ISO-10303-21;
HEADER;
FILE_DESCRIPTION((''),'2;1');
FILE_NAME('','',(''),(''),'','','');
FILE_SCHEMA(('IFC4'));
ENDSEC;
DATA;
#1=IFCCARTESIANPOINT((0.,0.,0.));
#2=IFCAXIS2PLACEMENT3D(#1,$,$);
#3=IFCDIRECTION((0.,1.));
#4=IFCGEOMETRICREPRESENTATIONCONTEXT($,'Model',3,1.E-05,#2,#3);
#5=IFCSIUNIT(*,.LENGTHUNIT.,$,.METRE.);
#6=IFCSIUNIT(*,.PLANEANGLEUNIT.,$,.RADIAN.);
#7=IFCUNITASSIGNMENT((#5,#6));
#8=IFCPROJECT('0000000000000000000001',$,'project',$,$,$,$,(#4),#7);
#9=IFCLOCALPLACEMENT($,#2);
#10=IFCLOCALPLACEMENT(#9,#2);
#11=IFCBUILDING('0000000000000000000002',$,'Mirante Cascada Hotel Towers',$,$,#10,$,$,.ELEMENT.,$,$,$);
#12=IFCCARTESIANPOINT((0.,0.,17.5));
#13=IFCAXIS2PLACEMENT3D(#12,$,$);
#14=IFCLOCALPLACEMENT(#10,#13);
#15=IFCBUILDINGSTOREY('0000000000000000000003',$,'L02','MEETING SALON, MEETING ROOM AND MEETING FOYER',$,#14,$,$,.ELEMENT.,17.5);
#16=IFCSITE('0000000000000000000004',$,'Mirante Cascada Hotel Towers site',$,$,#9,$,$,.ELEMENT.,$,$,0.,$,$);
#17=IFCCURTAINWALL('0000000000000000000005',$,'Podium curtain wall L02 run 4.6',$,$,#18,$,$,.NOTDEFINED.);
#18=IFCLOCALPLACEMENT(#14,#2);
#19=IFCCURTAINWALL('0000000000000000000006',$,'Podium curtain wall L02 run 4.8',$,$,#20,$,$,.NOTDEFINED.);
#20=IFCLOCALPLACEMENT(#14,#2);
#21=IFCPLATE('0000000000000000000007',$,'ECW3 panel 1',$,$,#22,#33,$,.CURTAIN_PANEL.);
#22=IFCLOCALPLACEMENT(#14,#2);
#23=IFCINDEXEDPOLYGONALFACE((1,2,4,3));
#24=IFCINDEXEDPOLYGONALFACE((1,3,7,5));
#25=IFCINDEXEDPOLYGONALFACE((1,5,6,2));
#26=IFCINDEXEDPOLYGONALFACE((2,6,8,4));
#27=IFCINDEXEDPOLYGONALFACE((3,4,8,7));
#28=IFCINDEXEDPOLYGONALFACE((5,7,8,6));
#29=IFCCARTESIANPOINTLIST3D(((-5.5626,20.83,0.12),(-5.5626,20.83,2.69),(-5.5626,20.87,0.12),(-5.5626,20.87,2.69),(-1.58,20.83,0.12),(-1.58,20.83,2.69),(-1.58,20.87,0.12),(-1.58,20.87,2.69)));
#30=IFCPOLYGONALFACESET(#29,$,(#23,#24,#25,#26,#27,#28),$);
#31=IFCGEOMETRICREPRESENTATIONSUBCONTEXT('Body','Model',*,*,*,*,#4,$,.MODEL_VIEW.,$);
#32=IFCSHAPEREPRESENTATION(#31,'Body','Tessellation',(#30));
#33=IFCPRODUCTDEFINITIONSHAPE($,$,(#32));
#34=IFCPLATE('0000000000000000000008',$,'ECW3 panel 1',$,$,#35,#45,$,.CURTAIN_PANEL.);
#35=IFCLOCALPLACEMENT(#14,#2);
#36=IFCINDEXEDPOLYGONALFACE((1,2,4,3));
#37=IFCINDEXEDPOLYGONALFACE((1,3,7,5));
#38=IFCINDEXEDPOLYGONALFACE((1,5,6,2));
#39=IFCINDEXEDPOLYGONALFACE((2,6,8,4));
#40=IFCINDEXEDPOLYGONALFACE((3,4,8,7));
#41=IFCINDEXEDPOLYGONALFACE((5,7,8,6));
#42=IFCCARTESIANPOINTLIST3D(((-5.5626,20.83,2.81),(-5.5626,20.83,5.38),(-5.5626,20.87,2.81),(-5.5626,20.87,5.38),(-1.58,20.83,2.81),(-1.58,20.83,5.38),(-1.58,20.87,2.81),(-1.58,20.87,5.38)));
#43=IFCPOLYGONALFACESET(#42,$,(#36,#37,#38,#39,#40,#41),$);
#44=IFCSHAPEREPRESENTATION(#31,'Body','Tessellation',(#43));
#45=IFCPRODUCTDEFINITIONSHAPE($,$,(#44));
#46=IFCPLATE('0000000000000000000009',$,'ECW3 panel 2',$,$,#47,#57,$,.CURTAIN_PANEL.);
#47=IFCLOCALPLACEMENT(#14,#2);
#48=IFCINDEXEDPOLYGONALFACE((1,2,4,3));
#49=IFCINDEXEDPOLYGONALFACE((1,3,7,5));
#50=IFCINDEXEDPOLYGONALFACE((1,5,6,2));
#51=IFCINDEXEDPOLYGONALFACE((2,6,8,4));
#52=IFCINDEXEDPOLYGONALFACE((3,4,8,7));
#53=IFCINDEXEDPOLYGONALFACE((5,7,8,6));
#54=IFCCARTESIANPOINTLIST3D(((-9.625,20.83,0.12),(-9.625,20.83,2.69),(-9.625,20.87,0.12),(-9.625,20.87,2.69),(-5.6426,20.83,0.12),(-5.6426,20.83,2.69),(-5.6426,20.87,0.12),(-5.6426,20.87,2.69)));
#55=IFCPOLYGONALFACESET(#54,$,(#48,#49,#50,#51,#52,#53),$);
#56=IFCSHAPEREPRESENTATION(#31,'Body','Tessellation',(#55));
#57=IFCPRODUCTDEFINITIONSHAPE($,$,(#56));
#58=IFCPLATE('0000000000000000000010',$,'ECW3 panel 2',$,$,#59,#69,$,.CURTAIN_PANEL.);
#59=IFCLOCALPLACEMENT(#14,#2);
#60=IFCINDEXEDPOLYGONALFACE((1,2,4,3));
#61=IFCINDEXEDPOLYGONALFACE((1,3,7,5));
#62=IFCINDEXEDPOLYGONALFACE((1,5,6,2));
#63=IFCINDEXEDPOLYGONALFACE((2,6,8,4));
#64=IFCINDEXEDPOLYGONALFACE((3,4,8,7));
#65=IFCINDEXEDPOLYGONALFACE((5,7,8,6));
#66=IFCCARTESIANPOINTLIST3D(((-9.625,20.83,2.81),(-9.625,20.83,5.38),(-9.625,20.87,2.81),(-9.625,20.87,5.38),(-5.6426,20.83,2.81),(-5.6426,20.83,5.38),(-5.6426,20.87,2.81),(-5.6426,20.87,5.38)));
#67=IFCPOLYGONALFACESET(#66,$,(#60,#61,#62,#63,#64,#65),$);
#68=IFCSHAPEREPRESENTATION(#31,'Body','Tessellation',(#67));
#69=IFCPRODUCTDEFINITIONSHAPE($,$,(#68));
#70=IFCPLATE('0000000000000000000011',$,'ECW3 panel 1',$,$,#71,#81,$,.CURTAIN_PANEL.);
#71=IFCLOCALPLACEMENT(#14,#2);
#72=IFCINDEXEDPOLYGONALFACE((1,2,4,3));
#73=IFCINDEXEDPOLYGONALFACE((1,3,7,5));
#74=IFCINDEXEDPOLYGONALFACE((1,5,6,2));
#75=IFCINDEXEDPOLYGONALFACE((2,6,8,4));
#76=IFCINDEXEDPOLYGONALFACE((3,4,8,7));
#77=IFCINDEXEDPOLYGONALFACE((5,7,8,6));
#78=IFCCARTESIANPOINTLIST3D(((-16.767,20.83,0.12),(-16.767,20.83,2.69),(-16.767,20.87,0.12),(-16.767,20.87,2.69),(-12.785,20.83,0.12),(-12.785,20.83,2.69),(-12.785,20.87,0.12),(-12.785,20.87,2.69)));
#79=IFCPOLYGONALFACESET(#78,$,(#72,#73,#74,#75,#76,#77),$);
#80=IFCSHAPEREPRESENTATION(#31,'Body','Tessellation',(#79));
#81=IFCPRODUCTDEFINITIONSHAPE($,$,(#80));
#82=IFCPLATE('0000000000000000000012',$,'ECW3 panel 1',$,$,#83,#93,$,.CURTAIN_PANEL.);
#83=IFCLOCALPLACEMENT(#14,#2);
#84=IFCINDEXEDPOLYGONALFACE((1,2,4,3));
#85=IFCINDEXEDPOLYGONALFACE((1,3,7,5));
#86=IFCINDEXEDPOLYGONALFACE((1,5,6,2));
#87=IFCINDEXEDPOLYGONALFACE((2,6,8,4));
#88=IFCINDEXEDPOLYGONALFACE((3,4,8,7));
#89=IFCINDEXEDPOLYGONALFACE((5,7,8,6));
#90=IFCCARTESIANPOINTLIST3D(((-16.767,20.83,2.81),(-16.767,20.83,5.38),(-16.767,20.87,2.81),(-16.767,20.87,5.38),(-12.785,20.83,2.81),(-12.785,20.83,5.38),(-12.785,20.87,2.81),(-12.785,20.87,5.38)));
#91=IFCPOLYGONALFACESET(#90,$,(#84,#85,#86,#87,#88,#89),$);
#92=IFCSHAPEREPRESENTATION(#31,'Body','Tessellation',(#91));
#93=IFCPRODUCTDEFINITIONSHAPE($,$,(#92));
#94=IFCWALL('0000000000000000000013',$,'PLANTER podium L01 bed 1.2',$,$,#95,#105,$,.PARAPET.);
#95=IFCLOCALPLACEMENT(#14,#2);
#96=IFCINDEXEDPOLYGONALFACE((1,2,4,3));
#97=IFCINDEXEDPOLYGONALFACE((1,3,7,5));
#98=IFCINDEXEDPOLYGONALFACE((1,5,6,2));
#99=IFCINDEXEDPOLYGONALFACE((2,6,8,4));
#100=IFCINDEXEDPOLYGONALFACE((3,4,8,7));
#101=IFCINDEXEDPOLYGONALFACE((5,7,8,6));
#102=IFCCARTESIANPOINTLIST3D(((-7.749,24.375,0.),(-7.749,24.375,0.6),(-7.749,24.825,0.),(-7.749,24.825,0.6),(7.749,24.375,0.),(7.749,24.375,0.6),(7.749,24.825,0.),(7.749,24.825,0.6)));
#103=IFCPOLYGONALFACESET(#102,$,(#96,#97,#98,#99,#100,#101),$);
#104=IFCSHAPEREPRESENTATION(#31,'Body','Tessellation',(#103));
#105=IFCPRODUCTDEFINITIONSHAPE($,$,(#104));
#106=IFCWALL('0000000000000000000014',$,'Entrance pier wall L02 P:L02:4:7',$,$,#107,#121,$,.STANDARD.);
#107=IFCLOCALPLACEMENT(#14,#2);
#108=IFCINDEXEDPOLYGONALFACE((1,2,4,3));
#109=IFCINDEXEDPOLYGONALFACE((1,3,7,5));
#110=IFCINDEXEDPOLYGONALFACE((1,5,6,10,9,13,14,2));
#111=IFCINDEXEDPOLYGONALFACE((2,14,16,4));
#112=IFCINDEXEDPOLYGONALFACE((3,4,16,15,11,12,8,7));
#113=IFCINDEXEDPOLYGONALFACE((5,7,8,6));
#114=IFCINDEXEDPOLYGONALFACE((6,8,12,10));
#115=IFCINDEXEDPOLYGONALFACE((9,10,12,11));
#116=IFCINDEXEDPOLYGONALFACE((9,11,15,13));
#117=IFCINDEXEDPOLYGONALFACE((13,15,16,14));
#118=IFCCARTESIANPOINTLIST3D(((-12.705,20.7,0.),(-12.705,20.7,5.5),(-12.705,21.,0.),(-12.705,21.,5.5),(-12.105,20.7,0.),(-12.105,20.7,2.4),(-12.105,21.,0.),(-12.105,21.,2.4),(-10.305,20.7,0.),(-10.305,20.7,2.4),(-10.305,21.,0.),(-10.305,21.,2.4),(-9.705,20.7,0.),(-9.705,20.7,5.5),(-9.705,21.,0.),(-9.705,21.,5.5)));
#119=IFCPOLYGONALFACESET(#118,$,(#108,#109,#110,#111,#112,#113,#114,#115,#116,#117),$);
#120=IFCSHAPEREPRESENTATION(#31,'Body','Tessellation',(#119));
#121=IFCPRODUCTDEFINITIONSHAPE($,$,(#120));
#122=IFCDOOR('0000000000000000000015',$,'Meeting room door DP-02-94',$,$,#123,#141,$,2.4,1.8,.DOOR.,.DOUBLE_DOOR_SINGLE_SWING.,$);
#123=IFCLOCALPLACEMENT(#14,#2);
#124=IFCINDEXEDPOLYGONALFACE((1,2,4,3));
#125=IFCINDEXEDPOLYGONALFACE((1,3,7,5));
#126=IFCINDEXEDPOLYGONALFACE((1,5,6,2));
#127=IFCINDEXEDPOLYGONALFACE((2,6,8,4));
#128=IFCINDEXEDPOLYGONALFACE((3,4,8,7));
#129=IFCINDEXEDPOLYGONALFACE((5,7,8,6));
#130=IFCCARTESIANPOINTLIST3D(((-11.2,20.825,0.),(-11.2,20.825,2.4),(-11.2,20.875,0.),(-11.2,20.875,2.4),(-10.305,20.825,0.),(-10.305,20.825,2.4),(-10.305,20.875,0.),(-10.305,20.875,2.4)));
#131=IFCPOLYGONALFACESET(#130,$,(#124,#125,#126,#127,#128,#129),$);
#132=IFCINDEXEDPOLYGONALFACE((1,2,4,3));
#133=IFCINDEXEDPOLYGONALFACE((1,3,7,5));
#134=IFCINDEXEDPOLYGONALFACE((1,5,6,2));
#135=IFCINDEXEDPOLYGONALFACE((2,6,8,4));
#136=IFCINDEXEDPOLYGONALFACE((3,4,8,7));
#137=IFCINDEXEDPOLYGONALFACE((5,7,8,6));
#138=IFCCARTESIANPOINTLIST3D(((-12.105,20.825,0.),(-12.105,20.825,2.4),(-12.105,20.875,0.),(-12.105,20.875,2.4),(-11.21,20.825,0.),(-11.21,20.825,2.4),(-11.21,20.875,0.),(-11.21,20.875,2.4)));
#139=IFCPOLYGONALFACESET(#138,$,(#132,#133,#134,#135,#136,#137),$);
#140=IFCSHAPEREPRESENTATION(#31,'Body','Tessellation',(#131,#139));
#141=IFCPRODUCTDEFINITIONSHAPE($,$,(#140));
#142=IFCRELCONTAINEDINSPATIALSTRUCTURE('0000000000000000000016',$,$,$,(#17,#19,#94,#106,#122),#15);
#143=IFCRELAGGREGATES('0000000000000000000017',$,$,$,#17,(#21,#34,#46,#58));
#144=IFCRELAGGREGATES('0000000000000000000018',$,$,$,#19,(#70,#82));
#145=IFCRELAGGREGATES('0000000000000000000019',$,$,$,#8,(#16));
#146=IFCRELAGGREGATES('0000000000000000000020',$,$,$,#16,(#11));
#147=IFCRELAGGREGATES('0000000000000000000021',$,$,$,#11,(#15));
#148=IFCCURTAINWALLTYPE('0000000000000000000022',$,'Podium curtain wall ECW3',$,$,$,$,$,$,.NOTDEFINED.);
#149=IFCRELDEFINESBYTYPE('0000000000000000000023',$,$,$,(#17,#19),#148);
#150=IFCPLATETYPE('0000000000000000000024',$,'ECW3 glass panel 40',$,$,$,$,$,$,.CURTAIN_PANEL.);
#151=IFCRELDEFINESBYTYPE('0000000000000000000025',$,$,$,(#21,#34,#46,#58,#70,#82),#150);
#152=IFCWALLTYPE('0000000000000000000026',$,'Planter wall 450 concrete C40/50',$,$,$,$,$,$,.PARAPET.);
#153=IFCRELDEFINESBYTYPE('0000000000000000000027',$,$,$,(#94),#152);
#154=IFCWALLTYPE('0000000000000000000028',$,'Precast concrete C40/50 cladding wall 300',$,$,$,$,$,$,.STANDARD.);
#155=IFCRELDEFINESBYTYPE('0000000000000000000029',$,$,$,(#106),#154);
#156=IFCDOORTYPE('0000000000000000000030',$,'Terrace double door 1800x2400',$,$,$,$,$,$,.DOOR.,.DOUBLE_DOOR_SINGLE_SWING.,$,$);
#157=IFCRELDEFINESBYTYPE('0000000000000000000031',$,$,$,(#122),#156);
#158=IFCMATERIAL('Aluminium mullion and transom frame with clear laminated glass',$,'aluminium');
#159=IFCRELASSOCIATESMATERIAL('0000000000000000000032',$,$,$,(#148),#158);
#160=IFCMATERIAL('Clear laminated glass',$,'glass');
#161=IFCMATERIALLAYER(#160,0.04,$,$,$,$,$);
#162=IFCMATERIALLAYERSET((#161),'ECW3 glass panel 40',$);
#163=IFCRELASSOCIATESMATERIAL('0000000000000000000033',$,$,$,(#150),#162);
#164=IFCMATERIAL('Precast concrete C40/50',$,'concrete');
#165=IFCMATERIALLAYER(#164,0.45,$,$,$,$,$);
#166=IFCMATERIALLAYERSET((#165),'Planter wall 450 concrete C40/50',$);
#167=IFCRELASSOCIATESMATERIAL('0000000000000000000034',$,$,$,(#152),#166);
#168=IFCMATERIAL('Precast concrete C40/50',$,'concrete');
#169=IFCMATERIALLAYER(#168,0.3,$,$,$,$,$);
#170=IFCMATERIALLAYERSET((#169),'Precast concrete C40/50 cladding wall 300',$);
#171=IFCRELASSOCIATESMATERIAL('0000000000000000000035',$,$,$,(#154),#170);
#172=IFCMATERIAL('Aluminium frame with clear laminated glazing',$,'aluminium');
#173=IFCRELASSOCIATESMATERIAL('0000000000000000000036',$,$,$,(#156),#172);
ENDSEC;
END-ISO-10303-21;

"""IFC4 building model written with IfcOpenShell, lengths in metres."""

from ifc_helpers import new_model, si_unit, direction, frame, frame_2d, origin, origin_2d, place, context, subcontext, project, spatial, rectangle, extrude, material, layer, layer_set, type_object, element, fill, aggregate, save


model = new_model("IFC4")

# Units and contexts
model_context = context("Model", 3, precision=1e-05, world=origin(), true_north=direction((0.0, 1.0)))
body_context = subcontext(model_context, "Body", "Model", "MODEL_VIEW")
ifc_project = project(units=[si_unit("LENGTHUNIT", "METRE"), si_unit("PLANEANGLEUNIT", "RADIAN")], contexts=[model_context])

# Site, building, storey
site_placement = place(None, origin())
site = spatial("IfcSite", under=ifc_project, at=site_placement, Name="Mirante Cascada Hotel Towers site", CompositionType="ELEMENT", RefElevation=0.0)
building_placement = place(site_placement, origin())
building = spatial("IfcBuilding", under=site, at=building_placement, Name="Mirante Cascada Hotel Towers", CompositionType="ELEMENT")
storey_placement = place(building_placement, frame((0.0, 0.0, 17.5)))
storey = spatial("IfcBuildingStorey", under=building, at=storey_placement, Name="L02", Description="MEETING SALON, MEETING ROOM AND MEETING FOYER", CompositionType="ELEMENT", Elevation=17.5)

# Curtain walls
ifc_material_1 = material(Name="Aluminium mullion and transom frame with clear laminated glass", Category="aluminium")
curtain_wall_type = type_object("IfcCurtainWallType", Name="Podium curtain wall ECW3", PredefinedType="NOTDEFINED", material=ifc_material_1)
curtain_wall_1_placement = place(storey_placement, origin())
curtain_wall_1 = element("IfcCurtainWall", 1, at=curtain_wall_1_placement, inside=storey, type_object=curtain_wall_type, Name="Podium curtain wall L02 run 4.6", PredefinedType="NOTDEFINED")
curtain_wall_2_placement = place(storey_placement, origin())
curtain_wall_2 = element("IfcCurtainWall", 2, at=curtain_wall_2_placement, inside=storey, type_object=curtain_wall_type, Name="Podium curtain wall L02 run 4.8", PredefinedType="NOTDEFINED")

# Plates
ifc_material_2 = material(Name="Clear laminated glass", Category="glass")
ifc_layer_1 = layer(ifc_material_2, 0.04)
ifc_layer_set_1 = layer_set([ifc_layer_1], Name="ECW3 glass panel 40")
plate_type = type_object("IfcPlateType", Name="ECW3 glass panel 40", PredefinedType="CURTAIN_PANEL", material=ifc_layer_set_1)
plate_1_placement = place(storey_placement, frame((-3.5713, 20.85, 0.12), z_axis=(0.0, 0.0, 1.0), x_axis=(-1.0, 0.0, 0.0)))
plate_1 = element("IfcPlate", 3, at=plate_1_placement, type_object=plate_type, Name="ECW3 panel 1", PredefinedType="CURTAIN_PANEL", context=body_context, shape_type="SweptSolid", body=[
    extrude(rectangle(XDim=3.9825, YDim=0.04, at=origin_2d()), origin(), (0.0, 0.0, 1.0), 2.57),
])
plate_2_placement = place(storey_placement, frame((-3.5713, 20.85, 2.81), z_axis=(0.0, 0.0, 1.0), x_axis=(-1.0, 0.0, 0.0)))
plate_2 = element("IfcPlate", 4, at=plate_2_placement, type_object=plate_type, Name="ECW3 panel 1", PredefinedType="CURTAIN_PANEL", context=body_context, shape_type="SweptSolid", body=[
    extrude(rectangle(XDim=3.9825, YDim=0.04, at=origin_2d()), origin(), (0.0, 0.0, 1.0), 2.57),
])
plate_3_placement = place(storey_placement, frame((-7.6338, 20.85, 0.12), z_axis=(0.0, 0.0, 1.0), x_axis=(-1.0, 0.0, 0.0)))
plate_3 = element("IfcPlate", 5, at=plate_3_placement, type_object=plate_type, Name="ECW3 panel 2", PredefinedType="CURTAIN_PANEL", context=body_context, shape_type="SweptSolid", body=[
    extrude(rectangle(XDim=3.9825, YDim=0.04, at=origin_2d()), origin(), (0.0, 0.0, 1.0), 2.57),
])
plate_4_placement = place(storey_placement, frame((-7.6338, 20.85, 2.81), z_axis=(0.0, 0.0, 1.0), x_axis=(-1.0, 0.0, 0.0)))
plate_4 = element("IfcPlate", 6, at=plate_4_placement, type_object=plate_type, Name="ECW3 panel 2", PredefinedType="CURTAIN_PANEL", context=body_context, shape_type="SweptSolid", body=[
    extrude(rectangle(XDim=3.9825, YDim=0.04, at=origin_2d()), origin(), (0.0, 0.0, 1.0), 2.57),
])
aggregate(curtain_wall_1, [plate_1, plate_2, plate_3, plate_4])
plate_5_placement = place(storey_placement, frame((-14.776, 20.85, 0.12), z_axis=(0.0, 0.0, 1.0), x_axis=(-1.0, 0.0, 0.0)))
plate_5 = element("IfcPlate", 7, at=plate_5_placement, type_object=plate_type, Name="ECW3 panel 1", PredefinedType="CURTAIN_PANEL", context=body_context, shape_type="SweptSolid", body=[
    extrude(rectangle(XDim=3.982, YDim=0.04, at=origin_2d()), origin(), (0.0, 0.0, 1.0), 2.57),
])
plate_6_placement = place(storey_placement, frame((-14.776, 20.85, 2.81), z_axis=(0.0, 0.0, 1.0), x_axis=(-1.0, 0.0, 0.0)))
plate_6 = element("IfcPlate", 8, at=plate_6_placement, type_object=plate_type, Name="ECW3 panel 1", PredefinedType="CURTAIN_PANEL", context=body_context, shape_type="SweptSolid", body=[
    extrude(rectangle(XDim=3.982, YDim=0.04, at=origin_2d()), origin(), (0.0, 0.0, 1.0), 2.57),
])
aggregate(curtain_wall_2, [plate_5, plate_6])

# Wall
ifc_material_3 = material(Name="Precast concrete C40/50", Category="concrete")
ifc_layer_2 = layer(ifc_material_3, 0.45)
ifc_layer_set_2 = layer_set([ifc_layer_2], Name="Planter wall 450 concrete C40/50")
wall_type_1 = type_object("IfcWallType", Name="Planter wall 450 concrete C40/50", PredefinedType="PARAPET", material=ifc_layer_set_2)
wall_1_placement = place(storey_placement, frame((-7.749, 24.6, 0.0), z_axis=(0.0, 0.0, 1.0), x_axis=(1.0, 0.0, 0.0)))
element("IfcWall", 9, at=wall_1_placement, inside=storey, type_object=wall_type_1, Name="PLANTER podium L01 bed 1.2", PredefinedType="PARAPET", context=body_context, shape_type="SweptSolid", body=[
    extrude(rectangle(XDim=15.498, YDim=0.45, at=frame_2d((7.749, 0.0))), origin(), (0.0, 0.0, 1.0), 0.6),
])

# Wall, opening, door
ifc_material_4 = material(Name="Precast concrete C40/50", Category="concrete")
ifc_layer_3 = layer(ifc_material_4, 0.3)
ifc_layer_set_3 = layer_set([ifc_layer_3], Name="Precast concrete C40/50 cladding wall 300")
wall_type_2 = type_object("IfcWallType", Name="Precast concrete C40/50 cladding wall 300", PredefinedType="STANDARD", material=ifc_layer_set_3)
wall_2_placement = place(storey_placement, frame((-9.705, 20.85, 0.0), z_axis=(0.0, 0.0, 1.0), x_axis=(-1.0, 0.0, 0.0)))
wall_2 = element("IfcWall", 10, at=wall_2_placement, inside=storey, type_object=wall_type_2, Name="Entrance pier wall L02 P:L02:4:7", PredefinedType="STANDARD", context=body_context, shape_type="SweptSolid", body=[
    extrude(rectangle(XDim=3.0, YDim=0.3, at=frame_2d((1.5, 0.0))), origin(), (0.0, 0.0, 1.0), 5.5),
])
opening_placement = place(wall_2_placement, frame((0.6, 0.0, 0.0)))
opening = element("IfcOpeningElement", 11, at=opening_placement, cuts=wall_2, PredefinedType="OPENING", context=body_context, shape_type="SweptSolid", body=[
    extrude(rectangle(XDim=1.8, YDim=2.4, at=frame_2d((0.9, 1.2))), frame((0.0, 0.15, 0.0), z_axis=(0.0, -1.0, 0.0), x_axis=(1.0, 0.0, 0.0)), (0.0, 0.0, 1.0), 0.3),
])
ifc_material_5 = material(Name="Aluminium frame with clear laminated glazing", Category="aluminium")
door_type = type_object("IfcDoorType", Name="Terrace double door 1800x2400", OperationType="DOUBLE_DOOR_SINGLE_SWING", PredefinedType="DOOR", material=ifc_material_5)
door_placement = place(opening_placement, origin())
door = element("IfcDoor", 12, at=door_placement, inside=storey, type_object=door_type, Name="Meeting room door DP-02-94", OperationType="DOUBLE_DOOR_SINGLE_SWING", OverallHeight=2.4, OverallWidth=1.8, PredefinedType="DOOR", context=body_context, shape_type="SweptSolid", body=[
    extrude(rectangle(XDim=0.895, YDim=2.4, at=frame_2d((0.4475, 1.2))), frame((0.0, 0.025, 0.0), z_axis=(0.0, -1.0, 0.0), x_axis=(1.0, 0.0, 0.0)), (0.0, 0.0, 1.0), 0.05),
    extrude(rectangle(XDim=0.895, YDim=2.4, at=frame_2d((1.3525, 1.2))), frame((0.0, 0.025, 0.0), z_axis=(0.0, -1.0, 0.0), x_axis=(1.0, 0.0, 0.0)), (0.0, 0.0, 1.0), 0.05),
])
fill(opening, door)

save(model, "model.ifc")
